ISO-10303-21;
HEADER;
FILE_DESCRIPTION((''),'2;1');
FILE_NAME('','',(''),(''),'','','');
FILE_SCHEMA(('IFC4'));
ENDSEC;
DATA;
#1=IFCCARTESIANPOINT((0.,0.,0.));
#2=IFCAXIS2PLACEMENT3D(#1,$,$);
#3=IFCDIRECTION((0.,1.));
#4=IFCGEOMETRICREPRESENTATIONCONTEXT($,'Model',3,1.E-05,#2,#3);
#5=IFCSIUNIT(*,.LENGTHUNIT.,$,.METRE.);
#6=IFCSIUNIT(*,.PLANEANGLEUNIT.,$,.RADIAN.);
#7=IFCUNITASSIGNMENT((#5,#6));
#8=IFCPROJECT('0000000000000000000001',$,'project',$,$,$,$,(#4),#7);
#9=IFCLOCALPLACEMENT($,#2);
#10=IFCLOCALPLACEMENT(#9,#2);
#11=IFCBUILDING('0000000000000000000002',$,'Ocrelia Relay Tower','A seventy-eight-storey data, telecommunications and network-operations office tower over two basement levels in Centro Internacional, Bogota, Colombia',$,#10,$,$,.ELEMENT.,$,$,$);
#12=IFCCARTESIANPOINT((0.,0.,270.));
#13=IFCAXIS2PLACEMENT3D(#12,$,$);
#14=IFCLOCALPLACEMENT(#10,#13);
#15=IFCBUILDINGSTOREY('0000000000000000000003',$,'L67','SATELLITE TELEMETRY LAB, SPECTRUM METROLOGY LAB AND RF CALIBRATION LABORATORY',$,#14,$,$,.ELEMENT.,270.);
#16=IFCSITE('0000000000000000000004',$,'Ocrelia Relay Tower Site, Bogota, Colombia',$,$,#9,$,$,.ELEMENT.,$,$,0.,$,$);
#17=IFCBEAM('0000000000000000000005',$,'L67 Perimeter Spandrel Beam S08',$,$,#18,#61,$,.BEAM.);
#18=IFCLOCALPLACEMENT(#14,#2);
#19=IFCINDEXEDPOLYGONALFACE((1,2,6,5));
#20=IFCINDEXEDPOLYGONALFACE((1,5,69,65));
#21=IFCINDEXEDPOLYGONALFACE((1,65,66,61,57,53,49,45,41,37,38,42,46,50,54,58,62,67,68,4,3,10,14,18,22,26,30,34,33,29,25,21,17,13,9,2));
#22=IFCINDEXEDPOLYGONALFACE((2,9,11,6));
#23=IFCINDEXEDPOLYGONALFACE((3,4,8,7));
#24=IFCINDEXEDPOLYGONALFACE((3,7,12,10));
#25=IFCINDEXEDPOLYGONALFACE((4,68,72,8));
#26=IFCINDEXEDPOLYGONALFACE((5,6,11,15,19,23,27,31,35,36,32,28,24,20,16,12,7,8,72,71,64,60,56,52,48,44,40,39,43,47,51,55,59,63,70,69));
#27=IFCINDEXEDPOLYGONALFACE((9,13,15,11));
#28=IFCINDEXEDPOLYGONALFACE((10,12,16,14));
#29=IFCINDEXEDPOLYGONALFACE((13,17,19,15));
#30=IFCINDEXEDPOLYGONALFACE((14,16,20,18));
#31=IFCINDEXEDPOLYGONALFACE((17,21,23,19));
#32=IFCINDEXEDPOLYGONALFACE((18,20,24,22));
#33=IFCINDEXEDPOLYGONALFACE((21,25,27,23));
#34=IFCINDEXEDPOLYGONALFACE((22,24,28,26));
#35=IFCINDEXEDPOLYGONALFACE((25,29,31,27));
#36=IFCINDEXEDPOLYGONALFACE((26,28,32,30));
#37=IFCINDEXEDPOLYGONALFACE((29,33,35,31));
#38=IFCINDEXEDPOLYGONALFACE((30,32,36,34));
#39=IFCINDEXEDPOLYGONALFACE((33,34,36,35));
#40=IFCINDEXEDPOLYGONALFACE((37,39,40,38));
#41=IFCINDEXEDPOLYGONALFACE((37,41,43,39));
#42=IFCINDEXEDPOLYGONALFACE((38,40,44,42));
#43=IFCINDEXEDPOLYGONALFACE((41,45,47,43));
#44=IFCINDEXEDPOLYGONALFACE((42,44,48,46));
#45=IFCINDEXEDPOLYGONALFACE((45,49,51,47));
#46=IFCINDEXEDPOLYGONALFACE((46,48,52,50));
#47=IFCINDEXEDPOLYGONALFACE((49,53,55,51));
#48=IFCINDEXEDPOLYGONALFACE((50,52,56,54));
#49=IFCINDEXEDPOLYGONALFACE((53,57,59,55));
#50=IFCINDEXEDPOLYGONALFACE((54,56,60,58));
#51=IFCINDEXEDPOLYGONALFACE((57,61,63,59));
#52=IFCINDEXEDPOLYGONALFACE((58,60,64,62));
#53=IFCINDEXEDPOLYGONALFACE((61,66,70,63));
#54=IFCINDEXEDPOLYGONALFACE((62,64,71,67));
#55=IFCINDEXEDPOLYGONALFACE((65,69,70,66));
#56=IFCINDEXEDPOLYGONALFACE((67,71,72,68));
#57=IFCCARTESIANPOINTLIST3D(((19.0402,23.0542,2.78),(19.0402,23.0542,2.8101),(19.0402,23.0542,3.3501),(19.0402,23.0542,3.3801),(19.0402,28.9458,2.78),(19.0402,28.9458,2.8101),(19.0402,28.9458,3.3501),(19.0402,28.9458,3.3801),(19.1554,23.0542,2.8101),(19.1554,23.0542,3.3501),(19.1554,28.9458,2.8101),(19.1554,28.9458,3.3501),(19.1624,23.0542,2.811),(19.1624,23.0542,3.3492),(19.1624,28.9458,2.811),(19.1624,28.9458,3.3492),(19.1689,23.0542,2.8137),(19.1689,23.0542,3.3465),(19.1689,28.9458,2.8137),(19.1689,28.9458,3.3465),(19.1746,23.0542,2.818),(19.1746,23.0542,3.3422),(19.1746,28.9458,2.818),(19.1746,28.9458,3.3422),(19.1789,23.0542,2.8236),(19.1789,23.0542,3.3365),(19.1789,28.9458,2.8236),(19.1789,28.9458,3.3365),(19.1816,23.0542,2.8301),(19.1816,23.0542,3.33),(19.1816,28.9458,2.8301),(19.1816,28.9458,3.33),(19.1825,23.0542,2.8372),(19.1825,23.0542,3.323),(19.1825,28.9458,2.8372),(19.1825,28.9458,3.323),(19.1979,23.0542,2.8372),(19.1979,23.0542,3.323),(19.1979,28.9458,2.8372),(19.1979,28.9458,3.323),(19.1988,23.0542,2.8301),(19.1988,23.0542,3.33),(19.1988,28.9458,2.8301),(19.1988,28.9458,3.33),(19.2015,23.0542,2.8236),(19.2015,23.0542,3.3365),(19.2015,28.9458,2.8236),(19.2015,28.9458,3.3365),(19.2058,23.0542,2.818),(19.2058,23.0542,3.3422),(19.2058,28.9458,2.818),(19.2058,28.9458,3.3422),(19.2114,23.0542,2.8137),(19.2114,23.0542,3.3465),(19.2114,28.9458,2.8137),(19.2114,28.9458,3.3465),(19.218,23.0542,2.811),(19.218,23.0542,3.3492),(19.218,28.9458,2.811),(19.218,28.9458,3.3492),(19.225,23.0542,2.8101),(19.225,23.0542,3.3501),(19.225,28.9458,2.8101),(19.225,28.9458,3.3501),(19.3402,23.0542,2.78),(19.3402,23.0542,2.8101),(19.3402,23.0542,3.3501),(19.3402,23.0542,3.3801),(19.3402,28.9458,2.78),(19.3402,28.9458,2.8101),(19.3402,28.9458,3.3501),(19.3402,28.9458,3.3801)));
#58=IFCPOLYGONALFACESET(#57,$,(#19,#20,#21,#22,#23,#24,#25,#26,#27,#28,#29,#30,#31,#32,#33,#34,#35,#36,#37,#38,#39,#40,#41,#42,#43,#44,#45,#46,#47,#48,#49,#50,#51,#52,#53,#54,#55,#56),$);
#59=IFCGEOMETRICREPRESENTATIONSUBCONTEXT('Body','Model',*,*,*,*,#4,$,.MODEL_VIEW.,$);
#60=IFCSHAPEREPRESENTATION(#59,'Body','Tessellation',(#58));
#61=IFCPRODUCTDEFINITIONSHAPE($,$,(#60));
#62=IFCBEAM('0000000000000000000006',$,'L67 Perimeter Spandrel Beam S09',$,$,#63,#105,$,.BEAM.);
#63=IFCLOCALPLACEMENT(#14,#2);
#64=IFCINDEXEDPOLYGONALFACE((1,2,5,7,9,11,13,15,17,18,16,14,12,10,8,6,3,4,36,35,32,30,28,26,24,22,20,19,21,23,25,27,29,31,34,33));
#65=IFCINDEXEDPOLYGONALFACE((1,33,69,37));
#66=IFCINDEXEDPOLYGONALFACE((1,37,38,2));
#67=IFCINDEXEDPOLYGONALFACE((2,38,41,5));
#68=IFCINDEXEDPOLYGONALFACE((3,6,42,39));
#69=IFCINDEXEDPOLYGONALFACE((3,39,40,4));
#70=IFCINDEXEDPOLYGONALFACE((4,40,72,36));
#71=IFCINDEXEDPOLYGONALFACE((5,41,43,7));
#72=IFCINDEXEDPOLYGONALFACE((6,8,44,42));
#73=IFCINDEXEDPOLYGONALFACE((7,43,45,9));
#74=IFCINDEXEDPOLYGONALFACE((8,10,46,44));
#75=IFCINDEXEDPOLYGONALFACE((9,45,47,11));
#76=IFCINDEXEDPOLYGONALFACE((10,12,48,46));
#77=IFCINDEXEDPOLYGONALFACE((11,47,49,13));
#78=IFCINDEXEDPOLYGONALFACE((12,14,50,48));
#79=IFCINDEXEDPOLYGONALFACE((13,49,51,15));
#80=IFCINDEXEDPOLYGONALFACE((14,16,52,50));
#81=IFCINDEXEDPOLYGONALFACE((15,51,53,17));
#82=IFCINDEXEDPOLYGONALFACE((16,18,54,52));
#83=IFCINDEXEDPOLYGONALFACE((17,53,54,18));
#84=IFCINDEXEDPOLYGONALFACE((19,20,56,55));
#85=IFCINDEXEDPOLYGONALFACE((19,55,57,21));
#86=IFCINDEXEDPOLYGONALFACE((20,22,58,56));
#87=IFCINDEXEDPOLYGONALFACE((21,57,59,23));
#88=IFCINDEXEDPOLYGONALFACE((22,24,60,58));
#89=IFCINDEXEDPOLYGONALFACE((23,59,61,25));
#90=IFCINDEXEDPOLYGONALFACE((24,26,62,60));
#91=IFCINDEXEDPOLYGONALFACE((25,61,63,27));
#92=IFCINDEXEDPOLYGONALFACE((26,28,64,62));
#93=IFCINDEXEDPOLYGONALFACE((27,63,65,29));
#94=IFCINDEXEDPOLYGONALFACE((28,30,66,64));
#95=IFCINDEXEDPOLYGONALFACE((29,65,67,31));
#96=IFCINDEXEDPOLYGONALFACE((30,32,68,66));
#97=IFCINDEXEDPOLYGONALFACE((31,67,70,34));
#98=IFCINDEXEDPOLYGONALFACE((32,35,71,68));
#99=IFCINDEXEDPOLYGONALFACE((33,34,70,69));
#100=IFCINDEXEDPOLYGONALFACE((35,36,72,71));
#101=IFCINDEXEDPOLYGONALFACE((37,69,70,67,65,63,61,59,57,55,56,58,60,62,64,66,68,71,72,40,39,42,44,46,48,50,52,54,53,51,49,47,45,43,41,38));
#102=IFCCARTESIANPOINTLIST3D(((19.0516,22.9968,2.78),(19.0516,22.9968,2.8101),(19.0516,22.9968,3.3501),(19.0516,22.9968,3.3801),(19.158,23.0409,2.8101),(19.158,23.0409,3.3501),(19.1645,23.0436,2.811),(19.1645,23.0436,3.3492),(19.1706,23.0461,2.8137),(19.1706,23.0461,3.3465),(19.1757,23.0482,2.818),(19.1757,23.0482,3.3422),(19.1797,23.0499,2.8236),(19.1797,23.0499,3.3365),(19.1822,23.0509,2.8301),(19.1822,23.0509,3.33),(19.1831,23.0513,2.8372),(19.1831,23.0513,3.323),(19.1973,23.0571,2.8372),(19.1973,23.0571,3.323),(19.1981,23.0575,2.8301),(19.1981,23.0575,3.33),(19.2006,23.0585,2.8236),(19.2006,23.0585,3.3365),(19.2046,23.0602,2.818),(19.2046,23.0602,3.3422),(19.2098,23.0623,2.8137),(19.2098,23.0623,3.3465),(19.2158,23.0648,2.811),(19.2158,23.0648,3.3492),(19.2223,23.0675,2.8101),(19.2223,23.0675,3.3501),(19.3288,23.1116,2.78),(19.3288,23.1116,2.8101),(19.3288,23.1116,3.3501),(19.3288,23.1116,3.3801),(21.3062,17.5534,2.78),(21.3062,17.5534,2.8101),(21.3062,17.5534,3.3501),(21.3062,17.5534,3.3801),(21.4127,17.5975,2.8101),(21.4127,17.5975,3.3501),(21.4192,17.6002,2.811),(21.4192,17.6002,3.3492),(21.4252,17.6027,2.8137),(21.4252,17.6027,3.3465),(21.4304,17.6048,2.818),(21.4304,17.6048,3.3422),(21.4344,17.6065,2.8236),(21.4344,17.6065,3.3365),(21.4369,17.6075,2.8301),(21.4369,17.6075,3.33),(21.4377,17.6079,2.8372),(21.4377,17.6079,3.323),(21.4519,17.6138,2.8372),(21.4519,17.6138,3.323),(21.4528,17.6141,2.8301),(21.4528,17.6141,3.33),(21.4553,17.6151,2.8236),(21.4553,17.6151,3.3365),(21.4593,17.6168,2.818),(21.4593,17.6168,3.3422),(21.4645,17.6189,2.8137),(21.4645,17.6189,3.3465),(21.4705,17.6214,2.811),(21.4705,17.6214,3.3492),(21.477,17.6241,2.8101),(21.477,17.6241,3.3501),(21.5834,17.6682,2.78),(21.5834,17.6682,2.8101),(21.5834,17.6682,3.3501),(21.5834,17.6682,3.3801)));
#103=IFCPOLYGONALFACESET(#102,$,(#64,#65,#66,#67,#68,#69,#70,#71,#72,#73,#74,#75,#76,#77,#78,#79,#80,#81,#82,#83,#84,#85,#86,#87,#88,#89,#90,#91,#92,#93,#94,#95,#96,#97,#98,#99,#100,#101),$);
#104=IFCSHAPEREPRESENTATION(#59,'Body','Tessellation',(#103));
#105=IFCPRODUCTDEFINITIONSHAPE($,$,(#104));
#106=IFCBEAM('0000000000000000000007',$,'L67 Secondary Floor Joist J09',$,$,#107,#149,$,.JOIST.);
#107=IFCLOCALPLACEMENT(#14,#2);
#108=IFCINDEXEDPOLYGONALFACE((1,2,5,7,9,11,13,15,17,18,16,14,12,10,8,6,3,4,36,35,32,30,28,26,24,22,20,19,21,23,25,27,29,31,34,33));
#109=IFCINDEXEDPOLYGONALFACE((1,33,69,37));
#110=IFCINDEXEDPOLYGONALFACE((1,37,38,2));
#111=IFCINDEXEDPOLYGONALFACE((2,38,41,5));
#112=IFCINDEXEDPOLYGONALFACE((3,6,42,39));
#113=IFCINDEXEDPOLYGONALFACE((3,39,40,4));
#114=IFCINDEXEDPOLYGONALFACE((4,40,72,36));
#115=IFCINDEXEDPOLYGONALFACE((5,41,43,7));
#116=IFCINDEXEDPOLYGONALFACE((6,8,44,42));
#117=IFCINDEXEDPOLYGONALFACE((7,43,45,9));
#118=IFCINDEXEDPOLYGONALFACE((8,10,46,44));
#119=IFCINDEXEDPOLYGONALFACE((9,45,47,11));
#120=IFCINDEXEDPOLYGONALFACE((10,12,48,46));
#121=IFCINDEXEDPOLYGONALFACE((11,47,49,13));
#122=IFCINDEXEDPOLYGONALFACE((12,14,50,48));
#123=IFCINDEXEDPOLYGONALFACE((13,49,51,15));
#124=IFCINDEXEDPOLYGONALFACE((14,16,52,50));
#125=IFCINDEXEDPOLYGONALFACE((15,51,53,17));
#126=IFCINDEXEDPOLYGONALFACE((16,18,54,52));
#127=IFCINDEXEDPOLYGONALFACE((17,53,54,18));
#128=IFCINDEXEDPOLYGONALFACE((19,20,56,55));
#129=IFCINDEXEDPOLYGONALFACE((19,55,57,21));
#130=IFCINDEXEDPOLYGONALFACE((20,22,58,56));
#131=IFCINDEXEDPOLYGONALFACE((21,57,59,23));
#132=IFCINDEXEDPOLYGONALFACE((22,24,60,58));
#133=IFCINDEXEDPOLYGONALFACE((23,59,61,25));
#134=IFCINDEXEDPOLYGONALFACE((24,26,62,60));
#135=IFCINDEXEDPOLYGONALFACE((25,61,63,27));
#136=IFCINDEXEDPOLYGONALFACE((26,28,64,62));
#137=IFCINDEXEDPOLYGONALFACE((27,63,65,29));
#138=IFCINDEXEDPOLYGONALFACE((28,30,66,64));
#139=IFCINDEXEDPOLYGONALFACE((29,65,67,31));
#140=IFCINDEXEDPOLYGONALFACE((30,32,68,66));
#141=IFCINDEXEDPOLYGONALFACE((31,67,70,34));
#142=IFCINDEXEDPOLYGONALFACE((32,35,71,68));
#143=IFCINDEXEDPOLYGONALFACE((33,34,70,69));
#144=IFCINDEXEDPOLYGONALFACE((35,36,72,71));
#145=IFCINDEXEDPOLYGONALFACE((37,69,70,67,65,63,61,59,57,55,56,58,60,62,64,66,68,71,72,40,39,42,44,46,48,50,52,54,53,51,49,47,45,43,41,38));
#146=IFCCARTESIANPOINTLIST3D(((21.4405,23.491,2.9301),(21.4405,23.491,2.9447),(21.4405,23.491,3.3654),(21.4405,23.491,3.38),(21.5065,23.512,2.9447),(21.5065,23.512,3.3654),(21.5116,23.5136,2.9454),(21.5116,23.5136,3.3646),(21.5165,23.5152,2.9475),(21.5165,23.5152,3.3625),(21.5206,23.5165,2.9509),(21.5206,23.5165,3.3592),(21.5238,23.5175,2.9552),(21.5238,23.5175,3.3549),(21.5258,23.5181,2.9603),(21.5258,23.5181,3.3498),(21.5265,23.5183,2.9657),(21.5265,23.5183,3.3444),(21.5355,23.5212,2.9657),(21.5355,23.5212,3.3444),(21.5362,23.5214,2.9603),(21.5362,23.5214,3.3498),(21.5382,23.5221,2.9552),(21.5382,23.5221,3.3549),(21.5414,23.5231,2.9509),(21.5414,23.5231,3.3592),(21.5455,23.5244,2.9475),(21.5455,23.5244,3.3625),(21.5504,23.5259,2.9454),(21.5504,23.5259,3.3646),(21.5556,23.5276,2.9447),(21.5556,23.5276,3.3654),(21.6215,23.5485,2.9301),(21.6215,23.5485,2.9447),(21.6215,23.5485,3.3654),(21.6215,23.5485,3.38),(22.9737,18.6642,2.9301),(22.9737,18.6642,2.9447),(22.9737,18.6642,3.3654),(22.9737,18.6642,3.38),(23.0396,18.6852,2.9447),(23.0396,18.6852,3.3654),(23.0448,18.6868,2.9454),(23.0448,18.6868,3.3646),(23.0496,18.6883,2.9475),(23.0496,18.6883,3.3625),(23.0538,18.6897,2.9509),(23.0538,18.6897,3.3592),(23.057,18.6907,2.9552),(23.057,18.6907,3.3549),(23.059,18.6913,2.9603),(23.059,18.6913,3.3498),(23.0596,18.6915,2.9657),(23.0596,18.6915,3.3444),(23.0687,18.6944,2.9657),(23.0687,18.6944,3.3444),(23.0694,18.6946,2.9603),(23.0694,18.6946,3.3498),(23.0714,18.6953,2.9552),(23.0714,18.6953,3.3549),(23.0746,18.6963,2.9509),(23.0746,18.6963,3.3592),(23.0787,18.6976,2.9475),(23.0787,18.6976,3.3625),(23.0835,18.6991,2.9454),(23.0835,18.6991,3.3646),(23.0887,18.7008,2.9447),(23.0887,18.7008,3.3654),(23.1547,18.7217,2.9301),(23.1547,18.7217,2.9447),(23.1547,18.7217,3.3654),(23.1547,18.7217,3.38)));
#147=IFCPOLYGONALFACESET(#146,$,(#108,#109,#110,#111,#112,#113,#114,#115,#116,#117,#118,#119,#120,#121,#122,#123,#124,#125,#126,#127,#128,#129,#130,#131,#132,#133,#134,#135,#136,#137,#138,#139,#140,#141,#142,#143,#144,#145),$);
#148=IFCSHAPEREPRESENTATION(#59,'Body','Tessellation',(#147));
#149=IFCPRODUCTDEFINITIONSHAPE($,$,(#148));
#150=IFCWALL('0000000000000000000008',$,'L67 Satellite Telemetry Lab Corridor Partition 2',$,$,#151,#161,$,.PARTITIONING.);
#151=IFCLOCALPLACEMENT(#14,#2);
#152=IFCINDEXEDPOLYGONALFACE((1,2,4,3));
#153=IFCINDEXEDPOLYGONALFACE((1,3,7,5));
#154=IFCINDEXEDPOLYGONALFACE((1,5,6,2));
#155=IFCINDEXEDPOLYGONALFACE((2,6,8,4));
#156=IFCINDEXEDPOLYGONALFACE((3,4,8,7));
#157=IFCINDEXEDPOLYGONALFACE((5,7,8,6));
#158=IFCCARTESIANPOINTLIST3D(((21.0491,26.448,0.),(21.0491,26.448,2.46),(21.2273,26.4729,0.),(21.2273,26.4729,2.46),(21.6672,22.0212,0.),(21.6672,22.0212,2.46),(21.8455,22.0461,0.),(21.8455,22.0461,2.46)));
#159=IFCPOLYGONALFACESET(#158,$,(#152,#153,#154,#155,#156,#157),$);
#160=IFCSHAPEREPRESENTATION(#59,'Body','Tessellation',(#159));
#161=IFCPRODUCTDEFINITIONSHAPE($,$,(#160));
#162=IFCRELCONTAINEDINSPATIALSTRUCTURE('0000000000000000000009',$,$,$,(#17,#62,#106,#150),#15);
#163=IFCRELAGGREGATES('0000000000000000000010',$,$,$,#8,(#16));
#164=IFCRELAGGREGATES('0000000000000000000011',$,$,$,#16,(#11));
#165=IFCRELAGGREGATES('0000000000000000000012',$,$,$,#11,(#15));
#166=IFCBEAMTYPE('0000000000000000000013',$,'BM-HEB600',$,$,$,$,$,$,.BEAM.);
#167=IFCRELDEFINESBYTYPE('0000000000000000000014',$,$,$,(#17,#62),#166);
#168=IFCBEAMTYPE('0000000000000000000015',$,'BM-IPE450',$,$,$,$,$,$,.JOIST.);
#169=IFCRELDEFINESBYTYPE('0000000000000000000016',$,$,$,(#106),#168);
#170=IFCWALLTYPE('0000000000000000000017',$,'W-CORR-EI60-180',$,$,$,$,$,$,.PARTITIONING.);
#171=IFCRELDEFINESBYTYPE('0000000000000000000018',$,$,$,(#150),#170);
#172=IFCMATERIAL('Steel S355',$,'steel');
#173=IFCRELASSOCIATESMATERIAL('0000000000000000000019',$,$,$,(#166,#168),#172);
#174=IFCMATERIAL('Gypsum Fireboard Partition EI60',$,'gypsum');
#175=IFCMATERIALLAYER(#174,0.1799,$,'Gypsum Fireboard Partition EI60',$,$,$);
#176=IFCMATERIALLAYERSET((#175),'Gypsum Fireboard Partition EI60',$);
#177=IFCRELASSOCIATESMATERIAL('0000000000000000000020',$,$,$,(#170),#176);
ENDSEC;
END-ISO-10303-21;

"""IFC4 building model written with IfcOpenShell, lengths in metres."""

from ifc_helpers import new_model, si_unit, direction, frame, frame_2d, origin, origin_2d, place, context, subcontext, project, spatial, rectangle, i_section, extrude, material, layer, layer_set, material_profile, profile_set, type_object, element, save


model = new_model("IFC4")

# Units and contexts
model_context = context("Model", 3, precision=1e-05, world=origin(), true_north=direction((0.0, 1.0)))
body_context = subcontext(model_context, "Body", "Model", "MODEL_VIEW")
ifc_project = project(units=[si_unit("LENGTHUNIT", "METRE"), si_unit("PLANEANGLEUNIT", "RADIAN")], contexts=[model_context])

# Site, building, storey
site_placement = place(None, origin())
site = spatial("IfcSite", under=ifc_project, at=site_placement, Name="Ocrelia Relay Tower Site, Bogota, Colombia", CompositionType="ELEMENT", RefElevation=0.0)
building_placement = place(site_placement, origin())
building = spatial("IfcBuilding", under=site, at=building_placement, Name="Ocrelia Relay Tower", Description="A seventy-eight-storey data, telecommunications and network-operations office tower over two basement levels in Centro Internacional, Bogota, Colombia", CompositionType="ELEMENT")
storey_placement = place(building_placement, frame((0.0, 0.0, 270.0)))
storey = spatial("IfcBuildingStorey", under=building, at=storey_placement, Name="L67", Description="SATELLITE TELEMETRY LAB, SPECTRUM METROLOGY LAB AND RF CALIBRATION LABORATORY", CompositionType="ELEMENT", Elevation=270.0)

# Beams
ifc_material_1 = material(Name="Steel S355", Category="steel")
ifc_material_profile_1 = material_profile(ifc_material_1, i_section(OverallWidth=0.3, OverallDepth=0.6001, WebThickness=0.0154, FlangeThickness=0.03, FilletRadius=0.0271, at=origin_2d()), Name="HEB 600")
ifc_profile_set_1 = profile_set([ifc_material_profile_1], Name="Steel S355")
beam_type_1 = type_object("IfcBeamType", Name="BM-HEB600", PredefinedType="BEAM", material=ifc_profile_set_1)
beam_1_placement = place(storey_placement, frame((19.1902, 28.9458, 3.0801), z_axis=(0.0, -1.0, 0.0), x_axis=(1.0, 0.0, 0.0)))
element("IfcBeam", 1, at=beam_1_placement, inside=storey, type_object=beam_type_1, Name="L67 Perimeter Spandrel Beam S08", PredefinedType="BEAM", context=body_context, shape_type="SweptSolid", body=[
    extrude(i_section(OverallWidth=0.3, OverallDepth=0.6001, WebThickness=0.0154, FlangeThickness=0.03, FilletRadius=0.0271, at=origin_2d()), origin(), (0.0, 0.0, 1.0), 5.8916),
])
beam_2_placement = place(storey_placement, frame((19.1902, 23.0542, 3.0801), z_axis=(0.382673, -0.923884, 0.0), x_axis=(0.923884, 0.382673, 0.0)))
element("IfcBeam", 2, at=beam_2_placement, inside=storey, type_object=beam_type_1, Name="L67 Perimeter Spandrel Beam S09", PredefinedType="BEAM", context=body_context, shape_type="SweptSolid", body=[
    extrude(i_section(OverallWidth=0.3, OverallDepth=0.6001, WebThickness=0.0154, FlangeThickness=0.03, FilletRadius=0.0271, at=origin_2d()), origin(), (0.0, 0.0, 1.0), 5.8918),
])
ifc_material_profile_2 = material_profile(ifc_material_1, i_section(OverallWidth=0.1899, OverallDepth=0.45, WebThickness=0.0095, FlangeThickness=0.0146, FilletRadius=0.021, at=origin_2d()), Name="IPE 450")
ifc_profile_set_2 = profile_set([ifc_material_profile_2], Name="Steel S355")
beam_type_2 = type_object("IfcBeamType", Name="BM-IPE450", PredefinedType="JOIST", material=ifc_profile_set_2)
beam_3_placement = place(storey_placement, frame((21.531, 23.5198, 3.155), z_axis=(0.302732, -0.953076, 0.0), x_axis=(0.953076, 0.302732, 0.0)))
element("IfcBeam", 3, at=beam_3_placement, inside=storey, type_object=beam_type_2, Name="L67 Secondary Floor Joist J09", PredefinedType="JOIST", context=body_context, shape_type="SweptSolid", body=[
    extrude(i_section(OverallWidth=0.1899, OverallDepth=0.45, WebThickness=0.0095, FlangeThickness=0.0146, FilletRadius=0.021, at=origin_2d()), origin(), (0.0, 0.0, 1.0), 5.0645),
])

# Wall
ifc_material_2 = material(Name="Gypsum Fireboard Partition EI60", Category="gypsum")
ifc_layer_1 = layer(ifc_material_2, 0.1799, Name="Gypsum Fireboard Partition EI60")
ifc_layer_set_1 = layer_set([ifc_layer_1], Name="Gypsum Fireboard Partition EI60")
wall_type_1 = type_object("IfcWallType", Name="W-CORR-EI60-180", PredefinedType="PARTITIONING", material=ifc_layer_set_1)
wall_1_placement = place(storey_placement, frame((21.1382, 26.4604, 0.0), z_axis=(0.0, 0.0, 1.0), x_axis=(0.138301, -0.99039, 0.0)))
element("IfcWall", 4, at=wall_1_placement, inside=storey, type_object=wall_type_1, Name="L67 Satellite Telemetry Lab Corridor Partition 2", PredefinedType="PARTITIONING", context=body_context, shape_type="SweptSolid", body=[
    extrude(rectangle(XDim=4.4697, YDim=0.1799, at=frame_2d((2.2349, 0.0))), origin(), (0.0, 0.0, 1.0), 2.46),
])

save(model, "model.ifc")
